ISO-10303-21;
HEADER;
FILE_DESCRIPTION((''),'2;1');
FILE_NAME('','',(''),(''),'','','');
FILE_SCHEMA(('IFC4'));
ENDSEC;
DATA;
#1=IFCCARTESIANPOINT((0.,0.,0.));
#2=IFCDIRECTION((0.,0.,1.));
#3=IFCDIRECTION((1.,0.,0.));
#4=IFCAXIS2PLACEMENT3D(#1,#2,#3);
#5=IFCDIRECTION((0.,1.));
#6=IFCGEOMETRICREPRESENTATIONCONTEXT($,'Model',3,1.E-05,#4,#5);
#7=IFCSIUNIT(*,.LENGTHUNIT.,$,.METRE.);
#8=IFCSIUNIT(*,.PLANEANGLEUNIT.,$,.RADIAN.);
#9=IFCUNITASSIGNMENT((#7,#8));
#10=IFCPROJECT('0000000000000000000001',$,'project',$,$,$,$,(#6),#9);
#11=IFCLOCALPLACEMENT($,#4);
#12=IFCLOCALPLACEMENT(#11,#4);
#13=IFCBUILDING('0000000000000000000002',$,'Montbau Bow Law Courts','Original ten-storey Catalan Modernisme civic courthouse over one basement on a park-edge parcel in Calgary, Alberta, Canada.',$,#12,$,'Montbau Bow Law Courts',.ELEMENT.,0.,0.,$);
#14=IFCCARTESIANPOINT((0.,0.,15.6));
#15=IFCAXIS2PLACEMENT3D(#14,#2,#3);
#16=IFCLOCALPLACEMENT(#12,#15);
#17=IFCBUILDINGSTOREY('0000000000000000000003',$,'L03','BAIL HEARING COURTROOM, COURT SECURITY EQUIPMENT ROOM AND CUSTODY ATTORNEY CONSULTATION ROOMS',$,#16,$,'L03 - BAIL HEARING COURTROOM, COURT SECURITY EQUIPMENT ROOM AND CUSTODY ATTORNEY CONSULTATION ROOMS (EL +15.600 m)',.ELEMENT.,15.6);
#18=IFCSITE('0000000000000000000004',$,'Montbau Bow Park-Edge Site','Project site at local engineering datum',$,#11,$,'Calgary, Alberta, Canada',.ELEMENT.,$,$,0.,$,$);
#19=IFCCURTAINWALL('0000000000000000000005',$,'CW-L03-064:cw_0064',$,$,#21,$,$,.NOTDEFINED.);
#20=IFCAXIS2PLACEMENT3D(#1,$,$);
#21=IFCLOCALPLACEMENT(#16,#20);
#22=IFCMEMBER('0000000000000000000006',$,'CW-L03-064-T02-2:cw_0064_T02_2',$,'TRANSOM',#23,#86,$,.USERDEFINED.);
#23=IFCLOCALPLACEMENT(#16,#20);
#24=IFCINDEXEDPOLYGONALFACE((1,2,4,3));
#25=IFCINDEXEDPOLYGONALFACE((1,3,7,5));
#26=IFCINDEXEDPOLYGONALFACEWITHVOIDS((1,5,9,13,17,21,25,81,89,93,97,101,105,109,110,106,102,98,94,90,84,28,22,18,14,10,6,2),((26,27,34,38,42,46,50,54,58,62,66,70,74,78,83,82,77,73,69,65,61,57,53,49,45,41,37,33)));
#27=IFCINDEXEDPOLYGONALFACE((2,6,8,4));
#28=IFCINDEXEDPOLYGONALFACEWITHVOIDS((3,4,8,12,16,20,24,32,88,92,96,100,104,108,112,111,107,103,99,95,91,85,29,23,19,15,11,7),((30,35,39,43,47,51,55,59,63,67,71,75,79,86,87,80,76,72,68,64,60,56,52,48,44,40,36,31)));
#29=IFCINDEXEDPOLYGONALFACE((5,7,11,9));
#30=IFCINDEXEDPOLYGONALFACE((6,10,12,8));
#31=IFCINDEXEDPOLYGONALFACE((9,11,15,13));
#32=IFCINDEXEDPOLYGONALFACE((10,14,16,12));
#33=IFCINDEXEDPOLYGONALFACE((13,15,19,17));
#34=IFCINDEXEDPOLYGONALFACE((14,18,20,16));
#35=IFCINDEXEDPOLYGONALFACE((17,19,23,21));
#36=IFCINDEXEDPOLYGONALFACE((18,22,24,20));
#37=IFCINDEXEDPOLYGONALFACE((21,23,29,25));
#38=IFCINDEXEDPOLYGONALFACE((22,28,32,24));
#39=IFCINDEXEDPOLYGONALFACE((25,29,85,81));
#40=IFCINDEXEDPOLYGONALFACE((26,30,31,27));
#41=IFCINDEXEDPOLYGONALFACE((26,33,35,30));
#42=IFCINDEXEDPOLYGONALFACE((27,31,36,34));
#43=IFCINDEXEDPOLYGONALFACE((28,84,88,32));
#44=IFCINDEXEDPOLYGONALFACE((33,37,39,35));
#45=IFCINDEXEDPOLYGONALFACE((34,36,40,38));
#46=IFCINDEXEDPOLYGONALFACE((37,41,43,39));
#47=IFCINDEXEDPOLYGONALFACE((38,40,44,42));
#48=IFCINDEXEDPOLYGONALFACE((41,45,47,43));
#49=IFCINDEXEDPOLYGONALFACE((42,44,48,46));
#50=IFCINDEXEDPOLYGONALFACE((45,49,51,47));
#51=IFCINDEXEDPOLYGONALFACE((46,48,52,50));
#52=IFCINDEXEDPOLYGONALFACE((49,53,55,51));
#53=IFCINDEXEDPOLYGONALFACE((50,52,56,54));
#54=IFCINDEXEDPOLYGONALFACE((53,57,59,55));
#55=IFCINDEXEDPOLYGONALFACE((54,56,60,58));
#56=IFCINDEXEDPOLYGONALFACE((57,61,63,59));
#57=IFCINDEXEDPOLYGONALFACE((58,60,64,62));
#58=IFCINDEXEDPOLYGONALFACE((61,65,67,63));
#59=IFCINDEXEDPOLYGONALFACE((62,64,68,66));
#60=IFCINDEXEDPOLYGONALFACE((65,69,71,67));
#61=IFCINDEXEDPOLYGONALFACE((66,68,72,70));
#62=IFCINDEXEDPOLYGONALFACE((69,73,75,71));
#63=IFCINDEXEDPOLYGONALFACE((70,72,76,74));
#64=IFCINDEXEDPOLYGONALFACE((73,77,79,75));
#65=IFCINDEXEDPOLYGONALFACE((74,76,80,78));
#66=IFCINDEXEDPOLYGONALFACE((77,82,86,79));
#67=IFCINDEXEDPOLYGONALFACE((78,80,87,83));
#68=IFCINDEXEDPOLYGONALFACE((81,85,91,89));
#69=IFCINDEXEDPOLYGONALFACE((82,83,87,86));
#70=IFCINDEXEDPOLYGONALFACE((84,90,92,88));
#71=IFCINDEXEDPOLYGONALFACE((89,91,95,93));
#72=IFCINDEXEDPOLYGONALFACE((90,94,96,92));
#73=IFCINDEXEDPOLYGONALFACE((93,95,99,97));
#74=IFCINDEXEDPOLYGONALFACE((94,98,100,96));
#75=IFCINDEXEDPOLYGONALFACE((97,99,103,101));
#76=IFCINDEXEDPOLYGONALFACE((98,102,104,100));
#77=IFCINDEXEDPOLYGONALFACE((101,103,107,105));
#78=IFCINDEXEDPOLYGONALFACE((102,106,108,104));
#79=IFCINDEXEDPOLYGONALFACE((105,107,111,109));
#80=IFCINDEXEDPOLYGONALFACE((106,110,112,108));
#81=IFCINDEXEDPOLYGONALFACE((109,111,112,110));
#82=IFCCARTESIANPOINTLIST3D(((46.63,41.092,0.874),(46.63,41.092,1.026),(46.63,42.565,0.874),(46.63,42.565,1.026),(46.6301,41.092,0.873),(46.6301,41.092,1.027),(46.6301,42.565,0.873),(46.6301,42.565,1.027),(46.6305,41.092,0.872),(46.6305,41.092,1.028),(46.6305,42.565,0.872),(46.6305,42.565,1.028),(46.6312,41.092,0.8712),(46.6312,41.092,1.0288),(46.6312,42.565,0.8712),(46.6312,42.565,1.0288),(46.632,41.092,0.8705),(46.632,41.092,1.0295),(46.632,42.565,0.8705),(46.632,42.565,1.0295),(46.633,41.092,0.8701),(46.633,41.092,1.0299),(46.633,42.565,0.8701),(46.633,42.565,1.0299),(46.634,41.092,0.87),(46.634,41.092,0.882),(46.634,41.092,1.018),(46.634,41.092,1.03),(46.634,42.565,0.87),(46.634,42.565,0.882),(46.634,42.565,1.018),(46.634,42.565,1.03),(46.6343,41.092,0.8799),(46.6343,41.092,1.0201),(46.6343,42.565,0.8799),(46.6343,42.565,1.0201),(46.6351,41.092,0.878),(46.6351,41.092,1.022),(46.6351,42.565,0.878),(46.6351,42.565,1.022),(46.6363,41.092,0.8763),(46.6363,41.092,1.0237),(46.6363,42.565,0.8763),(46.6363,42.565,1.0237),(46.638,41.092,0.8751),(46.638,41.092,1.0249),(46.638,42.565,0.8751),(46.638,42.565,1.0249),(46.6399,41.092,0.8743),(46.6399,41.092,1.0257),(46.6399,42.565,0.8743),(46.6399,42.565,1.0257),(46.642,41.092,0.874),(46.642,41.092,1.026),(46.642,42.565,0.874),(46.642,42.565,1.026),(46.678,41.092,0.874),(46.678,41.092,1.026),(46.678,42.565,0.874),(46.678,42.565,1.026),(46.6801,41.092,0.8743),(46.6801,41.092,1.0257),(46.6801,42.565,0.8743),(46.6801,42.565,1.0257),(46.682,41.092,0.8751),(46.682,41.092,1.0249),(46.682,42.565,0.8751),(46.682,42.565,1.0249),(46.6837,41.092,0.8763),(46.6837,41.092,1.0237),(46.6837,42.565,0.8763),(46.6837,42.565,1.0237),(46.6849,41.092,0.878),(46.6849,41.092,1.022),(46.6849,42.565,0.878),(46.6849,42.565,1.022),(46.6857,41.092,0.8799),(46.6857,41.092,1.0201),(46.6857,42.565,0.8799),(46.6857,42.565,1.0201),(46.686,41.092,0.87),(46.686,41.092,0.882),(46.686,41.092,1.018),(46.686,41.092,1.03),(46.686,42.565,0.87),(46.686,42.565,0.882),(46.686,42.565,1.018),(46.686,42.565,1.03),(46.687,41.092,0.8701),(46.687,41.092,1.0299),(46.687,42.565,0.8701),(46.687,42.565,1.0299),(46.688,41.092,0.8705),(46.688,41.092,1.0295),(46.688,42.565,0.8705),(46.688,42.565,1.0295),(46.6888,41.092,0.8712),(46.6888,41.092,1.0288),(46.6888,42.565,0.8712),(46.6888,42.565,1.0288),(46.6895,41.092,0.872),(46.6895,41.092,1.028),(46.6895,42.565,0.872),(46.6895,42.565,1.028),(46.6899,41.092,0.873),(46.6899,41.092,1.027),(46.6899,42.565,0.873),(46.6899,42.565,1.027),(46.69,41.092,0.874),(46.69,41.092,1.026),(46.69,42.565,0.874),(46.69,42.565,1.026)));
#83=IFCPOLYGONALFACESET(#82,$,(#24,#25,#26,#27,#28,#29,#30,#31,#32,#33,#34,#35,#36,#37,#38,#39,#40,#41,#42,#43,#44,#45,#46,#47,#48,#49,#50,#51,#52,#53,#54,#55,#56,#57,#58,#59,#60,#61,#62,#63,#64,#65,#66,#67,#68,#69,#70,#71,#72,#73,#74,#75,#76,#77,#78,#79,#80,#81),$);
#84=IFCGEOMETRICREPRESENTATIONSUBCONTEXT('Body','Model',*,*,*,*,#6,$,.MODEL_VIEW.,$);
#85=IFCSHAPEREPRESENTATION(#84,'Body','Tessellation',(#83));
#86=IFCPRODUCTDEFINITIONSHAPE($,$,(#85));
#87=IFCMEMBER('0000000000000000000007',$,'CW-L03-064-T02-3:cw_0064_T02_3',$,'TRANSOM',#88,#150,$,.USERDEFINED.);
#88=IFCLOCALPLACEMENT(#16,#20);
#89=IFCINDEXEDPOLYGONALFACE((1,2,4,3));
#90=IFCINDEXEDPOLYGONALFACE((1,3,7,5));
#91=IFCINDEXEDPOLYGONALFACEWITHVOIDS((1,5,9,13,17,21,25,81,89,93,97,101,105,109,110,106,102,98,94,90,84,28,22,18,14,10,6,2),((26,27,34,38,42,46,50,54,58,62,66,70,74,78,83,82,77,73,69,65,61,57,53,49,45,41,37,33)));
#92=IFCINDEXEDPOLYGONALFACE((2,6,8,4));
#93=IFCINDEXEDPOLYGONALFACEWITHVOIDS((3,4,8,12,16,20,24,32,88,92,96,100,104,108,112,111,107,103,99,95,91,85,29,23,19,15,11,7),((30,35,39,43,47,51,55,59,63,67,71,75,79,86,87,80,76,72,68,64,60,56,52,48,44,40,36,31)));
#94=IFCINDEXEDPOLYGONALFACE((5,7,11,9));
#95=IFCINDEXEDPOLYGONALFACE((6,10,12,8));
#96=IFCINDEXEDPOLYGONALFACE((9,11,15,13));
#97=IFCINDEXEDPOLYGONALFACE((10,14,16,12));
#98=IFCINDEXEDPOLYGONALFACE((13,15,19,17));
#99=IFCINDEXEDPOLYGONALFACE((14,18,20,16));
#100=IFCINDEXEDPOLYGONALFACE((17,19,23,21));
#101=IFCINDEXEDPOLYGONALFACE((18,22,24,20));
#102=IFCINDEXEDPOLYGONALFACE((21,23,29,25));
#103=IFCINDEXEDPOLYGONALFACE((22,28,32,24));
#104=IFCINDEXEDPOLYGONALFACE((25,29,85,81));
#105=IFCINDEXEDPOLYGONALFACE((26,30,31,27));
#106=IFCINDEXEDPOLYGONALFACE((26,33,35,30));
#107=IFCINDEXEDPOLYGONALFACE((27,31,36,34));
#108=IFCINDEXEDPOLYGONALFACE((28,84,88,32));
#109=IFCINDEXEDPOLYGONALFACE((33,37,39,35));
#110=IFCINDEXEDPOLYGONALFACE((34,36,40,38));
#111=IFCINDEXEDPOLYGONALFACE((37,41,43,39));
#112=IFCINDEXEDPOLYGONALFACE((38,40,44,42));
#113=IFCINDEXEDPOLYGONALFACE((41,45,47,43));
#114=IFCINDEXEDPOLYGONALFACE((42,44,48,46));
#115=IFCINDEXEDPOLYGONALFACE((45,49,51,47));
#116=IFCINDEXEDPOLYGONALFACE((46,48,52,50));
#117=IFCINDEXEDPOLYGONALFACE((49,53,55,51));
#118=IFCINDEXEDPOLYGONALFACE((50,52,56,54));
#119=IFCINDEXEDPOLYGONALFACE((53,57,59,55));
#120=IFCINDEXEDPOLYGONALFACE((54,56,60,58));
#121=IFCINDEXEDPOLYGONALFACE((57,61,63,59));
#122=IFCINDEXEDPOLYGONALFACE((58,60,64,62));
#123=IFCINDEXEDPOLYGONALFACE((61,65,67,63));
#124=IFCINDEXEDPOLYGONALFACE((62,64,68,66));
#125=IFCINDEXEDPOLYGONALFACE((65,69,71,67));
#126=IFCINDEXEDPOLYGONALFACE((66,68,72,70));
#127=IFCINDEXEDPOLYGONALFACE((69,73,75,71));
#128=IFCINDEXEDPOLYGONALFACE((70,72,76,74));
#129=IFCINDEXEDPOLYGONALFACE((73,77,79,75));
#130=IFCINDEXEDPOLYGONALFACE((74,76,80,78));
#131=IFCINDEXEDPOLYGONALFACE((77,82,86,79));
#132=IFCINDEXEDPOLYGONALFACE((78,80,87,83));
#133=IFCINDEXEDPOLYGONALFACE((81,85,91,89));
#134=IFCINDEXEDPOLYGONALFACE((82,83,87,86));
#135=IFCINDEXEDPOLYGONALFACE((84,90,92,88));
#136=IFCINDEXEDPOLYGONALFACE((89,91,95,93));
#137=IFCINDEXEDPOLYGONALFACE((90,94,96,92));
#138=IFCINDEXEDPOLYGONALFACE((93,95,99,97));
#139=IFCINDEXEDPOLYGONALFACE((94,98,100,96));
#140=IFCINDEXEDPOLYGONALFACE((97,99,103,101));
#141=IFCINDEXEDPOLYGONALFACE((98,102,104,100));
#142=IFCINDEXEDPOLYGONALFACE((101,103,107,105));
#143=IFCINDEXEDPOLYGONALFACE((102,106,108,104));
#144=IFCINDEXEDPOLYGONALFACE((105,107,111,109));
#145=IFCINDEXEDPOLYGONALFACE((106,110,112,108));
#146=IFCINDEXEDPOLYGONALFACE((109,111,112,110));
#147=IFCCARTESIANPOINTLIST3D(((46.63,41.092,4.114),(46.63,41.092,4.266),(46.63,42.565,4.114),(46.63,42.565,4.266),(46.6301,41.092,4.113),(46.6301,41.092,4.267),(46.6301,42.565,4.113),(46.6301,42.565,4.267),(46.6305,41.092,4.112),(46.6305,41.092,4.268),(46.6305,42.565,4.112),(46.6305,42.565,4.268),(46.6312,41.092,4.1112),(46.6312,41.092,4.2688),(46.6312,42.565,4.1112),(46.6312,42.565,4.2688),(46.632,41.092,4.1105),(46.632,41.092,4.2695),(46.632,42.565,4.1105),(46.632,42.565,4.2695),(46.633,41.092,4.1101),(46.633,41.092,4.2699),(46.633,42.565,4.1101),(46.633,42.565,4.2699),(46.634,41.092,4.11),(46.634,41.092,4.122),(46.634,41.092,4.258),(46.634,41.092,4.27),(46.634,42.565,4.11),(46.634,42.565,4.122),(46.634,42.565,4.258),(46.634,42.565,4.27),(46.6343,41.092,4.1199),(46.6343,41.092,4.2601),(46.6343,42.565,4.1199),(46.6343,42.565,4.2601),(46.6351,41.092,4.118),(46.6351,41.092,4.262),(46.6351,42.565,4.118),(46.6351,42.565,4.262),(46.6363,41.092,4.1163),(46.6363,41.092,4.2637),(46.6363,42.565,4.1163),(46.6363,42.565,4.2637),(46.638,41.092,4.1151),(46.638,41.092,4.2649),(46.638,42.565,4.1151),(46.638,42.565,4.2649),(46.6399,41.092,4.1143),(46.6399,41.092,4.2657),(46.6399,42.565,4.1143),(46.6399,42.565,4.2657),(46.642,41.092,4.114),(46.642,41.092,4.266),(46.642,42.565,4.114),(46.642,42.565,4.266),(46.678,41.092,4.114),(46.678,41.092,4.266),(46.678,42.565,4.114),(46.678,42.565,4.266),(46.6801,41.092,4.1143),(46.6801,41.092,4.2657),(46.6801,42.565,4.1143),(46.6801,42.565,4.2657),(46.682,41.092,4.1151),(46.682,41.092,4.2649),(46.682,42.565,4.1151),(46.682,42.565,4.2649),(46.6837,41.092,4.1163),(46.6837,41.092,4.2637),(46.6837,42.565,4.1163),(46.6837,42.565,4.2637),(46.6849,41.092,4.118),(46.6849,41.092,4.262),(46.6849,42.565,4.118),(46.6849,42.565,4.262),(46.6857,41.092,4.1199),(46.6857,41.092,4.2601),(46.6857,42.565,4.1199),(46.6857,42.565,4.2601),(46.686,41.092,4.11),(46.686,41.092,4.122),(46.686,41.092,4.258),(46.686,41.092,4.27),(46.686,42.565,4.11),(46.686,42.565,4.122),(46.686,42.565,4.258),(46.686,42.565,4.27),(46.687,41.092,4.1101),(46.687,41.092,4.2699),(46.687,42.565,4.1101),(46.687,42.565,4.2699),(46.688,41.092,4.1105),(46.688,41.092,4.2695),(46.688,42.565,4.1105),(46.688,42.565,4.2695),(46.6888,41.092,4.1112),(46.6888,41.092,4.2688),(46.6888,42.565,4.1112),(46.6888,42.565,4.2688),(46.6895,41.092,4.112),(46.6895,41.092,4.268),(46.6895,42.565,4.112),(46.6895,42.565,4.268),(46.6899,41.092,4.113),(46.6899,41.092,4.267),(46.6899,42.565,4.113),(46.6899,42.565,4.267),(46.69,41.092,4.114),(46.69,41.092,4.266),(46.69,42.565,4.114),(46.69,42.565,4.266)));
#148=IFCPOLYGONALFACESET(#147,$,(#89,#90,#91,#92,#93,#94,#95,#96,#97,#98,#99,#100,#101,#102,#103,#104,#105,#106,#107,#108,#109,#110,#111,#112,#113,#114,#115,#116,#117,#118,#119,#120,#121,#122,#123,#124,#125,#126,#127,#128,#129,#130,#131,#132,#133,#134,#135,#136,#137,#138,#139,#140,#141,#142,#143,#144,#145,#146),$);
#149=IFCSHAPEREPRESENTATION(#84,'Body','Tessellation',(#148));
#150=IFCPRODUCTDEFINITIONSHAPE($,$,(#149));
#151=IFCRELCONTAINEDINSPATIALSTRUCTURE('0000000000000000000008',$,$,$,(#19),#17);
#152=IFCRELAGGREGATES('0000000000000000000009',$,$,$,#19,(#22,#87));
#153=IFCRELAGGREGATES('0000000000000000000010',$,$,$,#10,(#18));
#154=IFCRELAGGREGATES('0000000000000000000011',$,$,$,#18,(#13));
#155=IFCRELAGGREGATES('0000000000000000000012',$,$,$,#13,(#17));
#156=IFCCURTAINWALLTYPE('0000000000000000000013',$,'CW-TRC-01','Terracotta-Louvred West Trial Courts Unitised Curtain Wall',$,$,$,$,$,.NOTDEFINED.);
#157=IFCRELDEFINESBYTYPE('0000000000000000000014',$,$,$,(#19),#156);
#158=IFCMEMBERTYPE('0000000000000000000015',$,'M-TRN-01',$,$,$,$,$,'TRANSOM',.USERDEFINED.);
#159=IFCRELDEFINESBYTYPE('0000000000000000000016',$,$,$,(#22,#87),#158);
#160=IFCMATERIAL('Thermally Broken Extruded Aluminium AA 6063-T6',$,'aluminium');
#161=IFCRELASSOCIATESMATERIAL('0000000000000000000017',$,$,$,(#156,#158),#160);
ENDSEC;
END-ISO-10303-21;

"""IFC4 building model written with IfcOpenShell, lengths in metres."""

from ifc_helpers import new_model, si_unit, direction, frame, origin_with_axes, origin_2d_with_axis, place, context, subcontext, project, spatial, hollow_rectangle, extrude, material, material_profile, profile_set, type_object, element, aggregate, save


model = new_model("IFC4")

# Units and contexts
model_context = context("Model", 3, precision=1e-05, world=origin_with_axes(), true_north=direction((0.0, 1.0)))
body_context = subcontext(model_context, "Body", "Model", "MODEL_VIEW")
ifc_project = project(units=[si_unit("LENGTHUNIT", "METRE"), si_unit("PLANEANGLEUNIT", "RADIAN")], contexts=[model_context])

# Site, building, storey
site_placement = place(None, origin_with_axes())
site = spatial("IfcSite", under=ifc_project, at=site_placement, Name="Montbau Bow Park-Edge Site", Description="Project site at local engineering datum", LongName="Calgary, Alberta, Canada", CompositionType="ELEMENT", RefElevation=0.0)
building_placement = place(site_placement, origin_with_axes())
building = spatial("IfcBuilding", under=site, at=building_placement, Name="Montbau Bow Law Courts", Description="Original ten-storey Catalan Modernisme civic courthouse over one basement on a park-edge parcel in Calgary, Alberta, Canada.", LongName="Montbau Bow Law Courts", CompositionType="ELEMENT", ElevationOfRefHeight=0.0, ElevationOfTerrain=0.0)
storey_placement = place(building_placement, frame((0.0, 0.0, 15.6), z_axis=(0.0, 0.0, 1.0), x_axis=(1.0, 0.0, 0.0)))
storey = spatial("IfcBuildingStorey", under=building, at=storey_placement, Name="L03", Description="BAIL HEARING COURTROOM, COURT SECURITY EQUIPMENT ROOM AND CUSTODY ATTORNEY CONSULTATION ROOMS", LongName="L03 - BAIL HEARING COURTROOM, COURT SECURITY EQUIPMENT ROOM AND CUSTODY ATTORNEY CONSULTATION ROOMS (EL +15.600 m)", CompositionType="ELEMENT", Elevation=15.6)

# Curtain wall, members
ifc_material_1 = material(Name="Thermally Broken Extruded Aluminium AA 6063-T6", Category="aluminium")
curtain_wall_type_1 = type_object("IfcCurtainWallType", Name="CW-TRC-01", Description="Terracotta-Louvred West Trial Courts Unitised Curtain Wall", PredefinedType="NOTDEFINED", material=ifc_material_1)
curtain_wall_1_placement = place(None, frame((46.66, 39.515, 15.6), z_axis=(0.0, 0.0, 1.0), x_axis=(1.0, 0.0, 0.0)))
curtain_wall_1 = element("IfcCurtainWall", 1, at=curtain_wall_1_placement, inside=storey, type_object=curtain_wall_type_1, Name="CW-L03-064:cw_0064", PredefinedType="NOTDEFINED")
ifc_material_profile_1 = material_profile(ifc_material_1, hollow_rectangle(XDim=0.06, YDim=0.16, WallThickness=0.004, InnerFilletRadius=0.008, OuterFilletRadius=0.004, at=origin_2d_with_axis()), Name="CWT-160X60", Category="Main", Priority=0)
ifc_profile_set_1 = profile_set([ifc_material_profile_1], Name="Thermally Broken Extruded Aluminium AA 6063-T6")
member_type_1 = type_object("IfcMemberType", Name="M-TRN-01", ElementType="TRANSOM", PredefinedType="USERDEFINED", material=ifc_profile_set_1)
member_1_placement = place(None, frame((46.66, 41.092, 16.55), z_axis=(0.0, 1.0, 0.0), x_axis=(-1.0, 0.0, 0.0)))
member_1 = element("IfcMember", 2, at=member_1_placement, type_object=member_type_1, Name="CW-L03-064-T02-2:cw_0064_T02_2", ObjectType="TRANSOM", PredefinedType="USERDEFINED", context=body_context, shape_type="SweptSolid", body=[
    extrude(hollow_rectangle(XDim=0.06, YDim=0.16, WallThickness=0.004, InnerFilletRadius=0.008, OuterFilletRadius=0.004, at=origin_2d_with_axis()), origin_with_axes(), (0.0, 0.0, 1.0), 1.473),
])
member_2_placement = place(None, frame((46.66, 41.092, 19.79), z_axis=(0.0, 1.0, 0.0), x_axis=(-1.0, 0.0, 0.0)))
member_2 = element("IfcMember", 3, at=member_2_placement, type_object=member_type_1, Name="CW-L03-064-T02-3:cw_0064_T02_3", ObjectType="TRANSOM", PredefinedType="USERDEFINED", context=body_context, shape_type="SweptSolid", body=[
    extrude(hollow_rectangle(XDim=0.06, YDim=0.16, WallThickness=0.004, InnerFilletRadius=0.008, OuterFilletRadius=0.004, at=origin_2d_with_axis()), origin_with_axes(), (0.0, 0.0, 1.0), 1.473),
])

aggregate(curtain_wall_1, [member_1, member_2])

save(model, "model.ifc")
